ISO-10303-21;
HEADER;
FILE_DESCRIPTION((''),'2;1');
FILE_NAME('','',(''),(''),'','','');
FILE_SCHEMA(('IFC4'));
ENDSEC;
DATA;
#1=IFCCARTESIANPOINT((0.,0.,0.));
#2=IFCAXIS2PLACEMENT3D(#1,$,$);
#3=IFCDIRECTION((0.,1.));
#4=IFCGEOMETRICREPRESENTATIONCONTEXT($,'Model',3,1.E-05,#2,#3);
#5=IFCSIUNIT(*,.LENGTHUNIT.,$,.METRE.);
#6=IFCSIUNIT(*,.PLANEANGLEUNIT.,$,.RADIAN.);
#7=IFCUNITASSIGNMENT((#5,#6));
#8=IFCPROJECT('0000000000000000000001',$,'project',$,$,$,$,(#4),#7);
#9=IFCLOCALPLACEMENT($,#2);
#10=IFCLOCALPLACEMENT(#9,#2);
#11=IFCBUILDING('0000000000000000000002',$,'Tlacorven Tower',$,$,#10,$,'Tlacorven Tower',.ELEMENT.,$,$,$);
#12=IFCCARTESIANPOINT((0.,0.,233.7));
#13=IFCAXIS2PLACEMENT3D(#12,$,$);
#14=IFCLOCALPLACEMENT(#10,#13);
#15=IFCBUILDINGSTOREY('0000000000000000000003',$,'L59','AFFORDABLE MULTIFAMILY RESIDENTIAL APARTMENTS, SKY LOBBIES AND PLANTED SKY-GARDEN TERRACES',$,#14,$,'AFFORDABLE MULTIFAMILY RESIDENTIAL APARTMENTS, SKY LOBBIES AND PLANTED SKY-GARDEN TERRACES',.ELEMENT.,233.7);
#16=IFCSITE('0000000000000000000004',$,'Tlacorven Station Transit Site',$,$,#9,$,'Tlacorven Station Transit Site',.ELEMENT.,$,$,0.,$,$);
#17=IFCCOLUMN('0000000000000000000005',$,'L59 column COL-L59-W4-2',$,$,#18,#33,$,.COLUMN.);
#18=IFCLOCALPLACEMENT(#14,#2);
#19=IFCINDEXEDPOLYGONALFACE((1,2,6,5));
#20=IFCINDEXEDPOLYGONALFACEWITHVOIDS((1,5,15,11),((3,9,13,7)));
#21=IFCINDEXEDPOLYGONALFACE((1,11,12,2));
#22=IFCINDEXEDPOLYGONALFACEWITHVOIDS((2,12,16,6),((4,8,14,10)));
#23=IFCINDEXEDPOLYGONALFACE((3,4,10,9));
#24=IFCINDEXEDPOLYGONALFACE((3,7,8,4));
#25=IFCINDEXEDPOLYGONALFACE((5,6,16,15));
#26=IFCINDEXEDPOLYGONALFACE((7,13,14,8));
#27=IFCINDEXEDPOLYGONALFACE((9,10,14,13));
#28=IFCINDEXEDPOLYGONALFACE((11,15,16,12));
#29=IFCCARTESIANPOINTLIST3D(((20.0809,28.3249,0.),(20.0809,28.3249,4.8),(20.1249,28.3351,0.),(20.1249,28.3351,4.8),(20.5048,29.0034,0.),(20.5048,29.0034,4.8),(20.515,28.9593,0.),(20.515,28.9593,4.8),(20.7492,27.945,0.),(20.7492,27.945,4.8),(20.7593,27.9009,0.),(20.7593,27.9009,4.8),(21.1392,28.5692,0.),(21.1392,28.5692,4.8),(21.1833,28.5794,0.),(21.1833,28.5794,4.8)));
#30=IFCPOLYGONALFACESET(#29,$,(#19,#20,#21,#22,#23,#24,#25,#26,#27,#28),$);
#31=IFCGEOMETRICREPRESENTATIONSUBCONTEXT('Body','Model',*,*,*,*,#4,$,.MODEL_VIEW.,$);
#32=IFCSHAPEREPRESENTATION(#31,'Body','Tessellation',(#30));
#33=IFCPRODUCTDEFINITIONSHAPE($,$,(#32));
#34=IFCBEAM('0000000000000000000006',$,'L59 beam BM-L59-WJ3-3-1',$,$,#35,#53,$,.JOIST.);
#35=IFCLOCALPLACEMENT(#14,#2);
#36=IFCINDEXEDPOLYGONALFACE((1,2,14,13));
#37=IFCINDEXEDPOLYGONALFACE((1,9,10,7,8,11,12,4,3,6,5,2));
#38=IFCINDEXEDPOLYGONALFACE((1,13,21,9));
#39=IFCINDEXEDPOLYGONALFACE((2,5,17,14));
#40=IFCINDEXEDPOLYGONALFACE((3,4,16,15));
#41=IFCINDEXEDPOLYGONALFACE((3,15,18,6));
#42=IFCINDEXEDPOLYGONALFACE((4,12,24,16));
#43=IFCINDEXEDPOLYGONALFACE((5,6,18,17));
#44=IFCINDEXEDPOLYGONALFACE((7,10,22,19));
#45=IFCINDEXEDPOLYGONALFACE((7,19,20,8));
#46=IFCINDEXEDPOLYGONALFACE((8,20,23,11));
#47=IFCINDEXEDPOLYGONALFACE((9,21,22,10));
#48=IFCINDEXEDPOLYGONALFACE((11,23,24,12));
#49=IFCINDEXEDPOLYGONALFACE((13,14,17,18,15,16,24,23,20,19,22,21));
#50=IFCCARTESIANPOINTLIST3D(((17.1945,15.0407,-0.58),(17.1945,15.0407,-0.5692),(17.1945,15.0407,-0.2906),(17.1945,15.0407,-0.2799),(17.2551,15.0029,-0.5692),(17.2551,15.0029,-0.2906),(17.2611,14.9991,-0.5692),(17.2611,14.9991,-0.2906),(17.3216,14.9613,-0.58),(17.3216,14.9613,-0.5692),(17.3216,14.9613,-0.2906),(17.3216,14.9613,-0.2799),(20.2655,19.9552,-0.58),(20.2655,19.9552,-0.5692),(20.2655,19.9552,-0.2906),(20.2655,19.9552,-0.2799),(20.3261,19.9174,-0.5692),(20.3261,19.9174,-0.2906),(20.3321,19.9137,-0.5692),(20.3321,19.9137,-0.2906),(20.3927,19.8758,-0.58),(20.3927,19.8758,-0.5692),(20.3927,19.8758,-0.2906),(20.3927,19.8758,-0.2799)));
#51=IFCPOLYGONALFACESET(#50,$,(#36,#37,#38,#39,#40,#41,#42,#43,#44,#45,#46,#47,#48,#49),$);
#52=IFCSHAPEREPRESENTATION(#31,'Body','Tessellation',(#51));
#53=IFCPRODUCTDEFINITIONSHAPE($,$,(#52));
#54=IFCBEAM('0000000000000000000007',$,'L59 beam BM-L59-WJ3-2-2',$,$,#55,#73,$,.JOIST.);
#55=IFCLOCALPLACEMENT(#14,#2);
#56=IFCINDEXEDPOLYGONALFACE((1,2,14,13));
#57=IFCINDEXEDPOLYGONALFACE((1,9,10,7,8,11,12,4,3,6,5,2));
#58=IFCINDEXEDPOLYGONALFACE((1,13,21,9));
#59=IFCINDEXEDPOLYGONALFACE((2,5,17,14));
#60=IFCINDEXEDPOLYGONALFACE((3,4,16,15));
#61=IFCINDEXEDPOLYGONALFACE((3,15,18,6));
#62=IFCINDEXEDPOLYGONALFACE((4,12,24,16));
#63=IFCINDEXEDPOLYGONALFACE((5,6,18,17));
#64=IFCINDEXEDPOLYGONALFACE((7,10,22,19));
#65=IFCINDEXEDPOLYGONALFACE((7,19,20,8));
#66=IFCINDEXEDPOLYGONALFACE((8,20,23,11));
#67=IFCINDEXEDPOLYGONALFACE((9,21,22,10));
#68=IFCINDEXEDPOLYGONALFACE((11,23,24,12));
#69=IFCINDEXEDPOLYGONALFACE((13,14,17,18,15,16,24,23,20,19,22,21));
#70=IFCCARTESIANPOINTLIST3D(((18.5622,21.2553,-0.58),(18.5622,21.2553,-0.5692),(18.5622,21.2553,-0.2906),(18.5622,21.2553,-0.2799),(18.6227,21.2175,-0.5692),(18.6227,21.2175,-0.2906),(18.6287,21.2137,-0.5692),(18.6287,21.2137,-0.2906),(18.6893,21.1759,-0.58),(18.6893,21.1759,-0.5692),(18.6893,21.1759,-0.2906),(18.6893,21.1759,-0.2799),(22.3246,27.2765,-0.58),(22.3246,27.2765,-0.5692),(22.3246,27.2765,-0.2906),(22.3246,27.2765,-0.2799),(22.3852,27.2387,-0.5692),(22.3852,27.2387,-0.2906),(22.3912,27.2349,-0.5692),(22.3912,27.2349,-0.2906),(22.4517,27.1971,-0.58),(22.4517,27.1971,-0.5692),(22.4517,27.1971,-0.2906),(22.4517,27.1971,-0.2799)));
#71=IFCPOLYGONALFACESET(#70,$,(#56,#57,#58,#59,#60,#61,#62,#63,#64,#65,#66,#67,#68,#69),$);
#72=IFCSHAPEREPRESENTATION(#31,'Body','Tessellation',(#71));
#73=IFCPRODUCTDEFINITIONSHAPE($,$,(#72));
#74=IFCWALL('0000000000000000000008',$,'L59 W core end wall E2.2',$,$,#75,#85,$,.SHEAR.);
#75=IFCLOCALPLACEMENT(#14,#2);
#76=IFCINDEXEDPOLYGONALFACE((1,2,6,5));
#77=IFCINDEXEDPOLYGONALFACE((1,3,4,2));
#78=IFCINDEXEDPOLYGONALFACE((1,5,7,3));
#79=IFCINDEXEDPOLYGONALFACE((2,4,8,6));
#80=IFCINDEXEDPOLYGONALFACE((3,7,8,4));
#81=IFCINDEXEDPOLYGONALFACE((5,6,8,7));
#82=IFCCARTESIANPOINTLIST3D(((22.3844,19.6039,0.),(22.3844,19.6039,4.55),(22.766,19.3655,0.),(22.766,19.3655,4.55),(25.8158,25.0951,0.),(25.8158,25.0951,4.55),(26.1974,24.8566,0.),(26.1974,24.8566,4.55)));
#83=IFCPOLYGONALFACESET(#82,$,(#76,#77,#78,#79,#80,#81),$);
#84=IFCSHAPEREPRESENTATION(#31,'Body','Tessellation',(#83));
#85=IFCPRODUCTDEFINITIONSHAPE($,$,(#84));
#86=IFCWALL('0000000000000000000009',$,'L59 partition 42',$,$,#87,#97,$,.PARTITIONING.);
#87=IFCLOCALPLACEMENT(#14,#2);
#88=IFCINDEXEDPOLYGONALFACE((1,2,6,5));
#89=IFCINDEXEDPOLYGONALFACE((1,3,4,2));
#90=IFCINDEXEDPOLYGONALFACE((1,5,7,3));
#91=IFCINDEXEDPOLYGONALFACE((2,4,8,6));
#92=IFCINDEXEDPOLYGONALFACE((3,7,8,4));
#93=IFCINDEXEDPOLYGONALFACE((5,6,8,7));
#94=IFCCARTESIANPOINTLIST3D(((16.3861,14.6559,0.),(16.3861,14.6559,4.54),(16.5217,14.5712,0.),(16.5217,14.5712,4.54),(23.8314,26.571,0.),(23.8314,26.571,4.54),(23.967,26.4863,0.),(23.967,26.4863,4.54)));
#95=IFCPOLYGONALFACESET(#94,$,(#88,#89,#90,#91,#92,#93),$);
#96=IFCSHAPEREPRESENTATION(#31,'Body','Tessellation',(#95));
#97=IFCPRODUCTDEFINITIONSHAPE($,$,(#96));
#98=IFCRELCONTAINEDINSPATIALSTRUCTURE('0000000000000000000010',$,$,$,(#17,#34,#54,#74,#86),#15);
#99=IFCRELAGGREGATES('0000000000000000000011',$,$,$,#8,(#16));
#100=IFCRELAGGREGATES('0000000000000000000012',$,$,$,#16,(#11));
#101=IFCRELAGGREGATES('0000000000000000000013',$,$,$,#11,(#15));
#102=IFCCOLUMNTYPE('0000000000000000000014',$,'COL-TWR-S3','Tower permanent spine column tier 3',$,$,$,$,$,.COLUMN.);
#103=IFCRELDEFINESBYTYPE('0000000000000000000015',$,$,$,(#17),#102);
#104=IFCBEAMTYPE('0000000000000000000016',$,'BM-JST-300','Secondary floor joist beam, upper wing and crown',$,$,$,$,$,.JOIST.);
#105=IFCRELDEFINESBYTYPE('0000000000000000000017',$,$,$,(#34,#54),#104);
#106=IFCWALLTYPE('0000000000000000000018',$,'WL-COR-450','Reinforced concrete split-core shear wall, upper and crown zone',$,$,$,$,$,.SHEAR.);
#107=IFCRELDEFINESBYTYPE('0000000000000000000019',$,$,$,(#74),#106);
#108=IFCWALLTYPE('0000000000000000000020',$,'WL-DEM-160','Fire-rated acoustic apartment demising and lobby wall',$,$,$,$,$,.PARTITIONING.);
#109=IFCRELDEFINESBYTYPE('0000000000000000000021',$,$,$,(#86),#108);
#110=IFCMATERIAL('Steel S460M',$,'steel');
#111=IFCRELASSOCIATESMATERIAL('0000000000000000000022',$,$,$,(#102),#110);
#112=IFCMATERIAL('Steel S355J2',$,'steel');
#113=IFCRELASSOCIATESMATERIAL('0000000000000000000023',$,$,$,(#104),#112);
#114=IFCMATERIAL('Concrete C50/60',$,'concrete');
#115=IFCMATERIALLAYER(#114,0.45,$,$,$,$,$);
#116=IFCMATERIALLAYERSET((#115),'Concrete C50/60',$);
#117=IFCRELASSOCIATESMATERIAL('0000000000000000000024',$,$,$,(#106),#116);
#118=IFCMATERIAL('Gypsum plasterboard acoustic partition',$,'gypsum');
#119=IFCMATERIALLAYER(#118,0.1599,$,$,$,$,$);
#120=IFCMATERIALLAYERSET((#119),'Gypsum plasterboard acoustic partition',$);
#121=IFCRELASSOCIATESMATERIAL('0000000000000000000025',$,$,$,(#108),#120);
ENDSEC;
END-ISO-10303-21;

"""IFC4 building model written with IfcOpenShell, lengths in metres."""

from ifc_helpers import new_model, si_unit, direction, frame, frame_2d, origin, origin_2d, place, context, subcontext, project, spatial, rectangle, hollow_rectangle, i_section, extrude, source, transform, mapped, material, layer, layer_set, material_profile, profile_set, type_object, element, save


model = new_model("IFC4")

# Units and contexts
model_context = context("Model", 3, precision=1e-05, world=origin(), true_north=direction((0.0, 1.0)))
body_context = subcontext(model_context, "Body", "Model", "MODEL_VIEW")
ifc_project = project(units=[si_unit("LENGTHUNIT", "METRE"), si_unit("PLANEANGLEUNIT", "RADIAN")], contexts=[model_context])

# Site, building, storey
site_placement = place(None, origin())
site = spatial("IfcSite", under=ifc_project, at=site_placement, Name="Tlacorven Station Transit Site", LongName="Tlacorven Station Transit Site", CompositionType="ELEMENT", RefElevation=0.0)
building_placement = place(site_placement, origin())
building = spatial("IfcBuilding", under=site, at=building_placement, Name="Tlacorven Tower", LongName="Tlacorven Tower", CompositionType="ELEMENT")
storey_placement = place(building_placement, frame((0.0, 0.0, 233.7)))
storey = spatial("IfcBuildingStorey", under=building, at=storey_placement, Name="L59", Description="AFFORDABLE MULTIFAMILY RESIDENTIAL APARTMENTS, SKY LOBBIES AND PLANTED SKY-GARDEN TERRACES", LongName="AFFORDABLE MULTIFAMILY RESIDENTIAL APARTMENTS, SKY LOBBIES AND PLANTED SKY-GARDEN TERRACES", CompositionType="ELEMENT", Elevation=233.7)

# Column
ifc_material_1 = material(Name="Steel S460M", Category="steel")
ifc_material_profile_1 = material_profile(ifc_material_1, hollow_rectangle(XDim=0.8, YDim=0.8, WallThickness=0.032, at=origin_2d()), Name="BOX 800X800X32")
ifc_profile_set_1 = profile_set([ifc_material_profile_1], Name="Steel S460M")
column_type = type_object("IfcColumnType", Name="COL-TWR-S3", Description="Tower permanent spine column tier 3", PredefinedType="COLUMN", material=ifc_profile_set_1)
shared_shape_1 = source(origin(), body_context, "Body", "SweptSolid", [
    extrude(hollow_rectangle(XDim=0.8, YDim=0.8, WallThickness=0.032, at=origin_2d()), origin(), (0.0, 0.0, 1.0), 4.8),
])
column_placement = place(storey_placement, frame((20.6321, 28.4521, 0.0), z_axis=(0.0, 0.0, 1.0), x_axis=(-0.848048, 0.529919, 0.0)))
element("IfcColumn", 1, at=column_placement, inside=storey, type_object=column_type, Name="L59 column COL-L59-W4-2", PredefinedType="COLUMN", context=body_context, shape_type="MappedRepresentation", body=[
    mapped(shared_shape_1, transform((0.0, 0.0, 0.0), scale=1.0)),
])

# Beams
ifc_material_2 = material(Name="Steel S355J2", Category="steel")
ifc_material_profile_2 = material_profile(ifc_material_2, i_section(OverallWidth=0.1499, OverallDepth=0.3, WebThickness=0.0071, FlangeThickness=0.0107, at=origin_2d()), Name="IPE 300")
ifc_profile_set_2 = profile_set([ifc_material_profile_2], Name="Steel S355J2")
beam_type = type_object("IfcBeamType", Name="BM-JST-300", Description="Secondary floor joist beam, upper wing and crown", PredefinedType="JOIST", material=ifc_profile_set_2)
shared_shape_2 = source(origin(), body_context, "Body", "SweptSolid", [
    extrude(i_section(OverallWidth=0.1499, OverallDepth=0.3, WebThickness=0.0071, FlangeThickness=0.0107, at=origin_2d()), origin(), (0.0, 0.0, 1.0), 5.7952),
])
beam_1_placement = place(storey_placement, frame((20.3291, 19.9155, -0.4299), z_axis=(-0.529931, -0.848041, 0.0), x_axis=(0.848041, -0.529931, 0.0)))
element("IfcBeam", 2, at=beam_1_placement, inside=storey, type_object=beam_type, Name="L59 beam BM-L59-WJ3-3-1", PredefinedType="JOIST", context=body_context, shape_type="MappedRepresentation", body=[
    mapped(shared_shape_2, transform((0.0, 0.0, 0.0), scale=1.0)),
])
shared_shape_3 = source(origin(), body_context, "Body", "SweptSolid", [
    extrude(i_section(OverallWidth=0.1499, OverallDepth=0.3, WebThickness=0.0071, FlangeThickness=0.0107, at=origin_2d()), origin(), (0.0, 0.0, 1.0), 7.1001),
])
beam_2_placement = place(storey_placement, frame((22.3882, 27.2368, -0.4299), z_axis=(-0.529915, -0.84805, 0.0), x_axis=(0.84805, -0.529915, 0.0)))
element("IfcBeam", 3, at=beam_2_placement, inside=storey, type_object=beam_type, Name="L59 beam BM-L59-WJ3-2-2", PredefinedType="JOIST", context=body_context, shape_type="MappedRepresentation", body=[
    mapped(shared_shape_3, transform((0.0, 0.0, 0.0), scale=1.0)),
])

# Walls
ifc_material_3 = material(Name="Concrete C50/60", Category="concrete")
ifc_layer_1 = layer(ifc_material_3, 0.45)
ifc_layer_set_1 = layer_set([ifc_layer_1], Name="Concrete C50/60")
wall_type_1 = type_object("IfcWallType", Name="WL-COR-450", Description="Reinforced concrete split-core shear wall, upper and crown zone", PredefinedType="SHEAR", material=ifc_layer_set_1)
wall_1_placement = place(storey_placement, frame((26.0066, 24.9758, 0.0), z_axis=(0.0, 0.0, 1.0), x_axis=(-0.529931, -0.848041, 0.0)))
element("IfcWall", 4, at=wall_1_placement, inside=storey, type_object=wall_type_1, Name="L59 W core end wall E2.2", PredefinedType="SHEAR", context=body_context, shape_type="SweptSolid", body=[
    extrude(rectangle(XDim=6.4751, YDim=0.45, at=frame_2d((3.2375, 0.0))), origin(), (0.0, 0.0, 1.0), 4.55),
])
ifc_material_4 = material(Name="Gypsum plasterboard acoustic partition", Category="gypsum")
ifc_layer_2 = layer(ifc_material_4, 0.1599)
ifc_layer_set_2 = layer_set([ifc_layer_2], Name="Gypsum plasterboard acoustic partition")
wall_type_2 = type_object("IfcWallType", Name="WL-DEM-160", Description="Fire-rated acoustic apartment demising and lobby wall", PredefinedType="PARTITIONING", material=ifc_layer_set_2)
wall_2_placement = place(storey_placement, frame((23.8992, 26.5286, 0.0), z_axis=(0.0, 0.0, 1.0), x_axis=(-0.529918, -0.848049, 0.0)))
element("IfcWall", 5, at=wall_2_placement, inside=storey, type_object=wall_type_2, Name="L59 partition 42", PredefinedType="PARTITIONING", context=body_context, shape_type="SweptSolid", body=[
    extrude(rectangle(XDim=14.05, YDim=0.1599, at=frame_2d((7.0249, 0.0))), origin(), (0.0, 0.0, 1.0), 4.54),
])

save(model, "model.ifc")
